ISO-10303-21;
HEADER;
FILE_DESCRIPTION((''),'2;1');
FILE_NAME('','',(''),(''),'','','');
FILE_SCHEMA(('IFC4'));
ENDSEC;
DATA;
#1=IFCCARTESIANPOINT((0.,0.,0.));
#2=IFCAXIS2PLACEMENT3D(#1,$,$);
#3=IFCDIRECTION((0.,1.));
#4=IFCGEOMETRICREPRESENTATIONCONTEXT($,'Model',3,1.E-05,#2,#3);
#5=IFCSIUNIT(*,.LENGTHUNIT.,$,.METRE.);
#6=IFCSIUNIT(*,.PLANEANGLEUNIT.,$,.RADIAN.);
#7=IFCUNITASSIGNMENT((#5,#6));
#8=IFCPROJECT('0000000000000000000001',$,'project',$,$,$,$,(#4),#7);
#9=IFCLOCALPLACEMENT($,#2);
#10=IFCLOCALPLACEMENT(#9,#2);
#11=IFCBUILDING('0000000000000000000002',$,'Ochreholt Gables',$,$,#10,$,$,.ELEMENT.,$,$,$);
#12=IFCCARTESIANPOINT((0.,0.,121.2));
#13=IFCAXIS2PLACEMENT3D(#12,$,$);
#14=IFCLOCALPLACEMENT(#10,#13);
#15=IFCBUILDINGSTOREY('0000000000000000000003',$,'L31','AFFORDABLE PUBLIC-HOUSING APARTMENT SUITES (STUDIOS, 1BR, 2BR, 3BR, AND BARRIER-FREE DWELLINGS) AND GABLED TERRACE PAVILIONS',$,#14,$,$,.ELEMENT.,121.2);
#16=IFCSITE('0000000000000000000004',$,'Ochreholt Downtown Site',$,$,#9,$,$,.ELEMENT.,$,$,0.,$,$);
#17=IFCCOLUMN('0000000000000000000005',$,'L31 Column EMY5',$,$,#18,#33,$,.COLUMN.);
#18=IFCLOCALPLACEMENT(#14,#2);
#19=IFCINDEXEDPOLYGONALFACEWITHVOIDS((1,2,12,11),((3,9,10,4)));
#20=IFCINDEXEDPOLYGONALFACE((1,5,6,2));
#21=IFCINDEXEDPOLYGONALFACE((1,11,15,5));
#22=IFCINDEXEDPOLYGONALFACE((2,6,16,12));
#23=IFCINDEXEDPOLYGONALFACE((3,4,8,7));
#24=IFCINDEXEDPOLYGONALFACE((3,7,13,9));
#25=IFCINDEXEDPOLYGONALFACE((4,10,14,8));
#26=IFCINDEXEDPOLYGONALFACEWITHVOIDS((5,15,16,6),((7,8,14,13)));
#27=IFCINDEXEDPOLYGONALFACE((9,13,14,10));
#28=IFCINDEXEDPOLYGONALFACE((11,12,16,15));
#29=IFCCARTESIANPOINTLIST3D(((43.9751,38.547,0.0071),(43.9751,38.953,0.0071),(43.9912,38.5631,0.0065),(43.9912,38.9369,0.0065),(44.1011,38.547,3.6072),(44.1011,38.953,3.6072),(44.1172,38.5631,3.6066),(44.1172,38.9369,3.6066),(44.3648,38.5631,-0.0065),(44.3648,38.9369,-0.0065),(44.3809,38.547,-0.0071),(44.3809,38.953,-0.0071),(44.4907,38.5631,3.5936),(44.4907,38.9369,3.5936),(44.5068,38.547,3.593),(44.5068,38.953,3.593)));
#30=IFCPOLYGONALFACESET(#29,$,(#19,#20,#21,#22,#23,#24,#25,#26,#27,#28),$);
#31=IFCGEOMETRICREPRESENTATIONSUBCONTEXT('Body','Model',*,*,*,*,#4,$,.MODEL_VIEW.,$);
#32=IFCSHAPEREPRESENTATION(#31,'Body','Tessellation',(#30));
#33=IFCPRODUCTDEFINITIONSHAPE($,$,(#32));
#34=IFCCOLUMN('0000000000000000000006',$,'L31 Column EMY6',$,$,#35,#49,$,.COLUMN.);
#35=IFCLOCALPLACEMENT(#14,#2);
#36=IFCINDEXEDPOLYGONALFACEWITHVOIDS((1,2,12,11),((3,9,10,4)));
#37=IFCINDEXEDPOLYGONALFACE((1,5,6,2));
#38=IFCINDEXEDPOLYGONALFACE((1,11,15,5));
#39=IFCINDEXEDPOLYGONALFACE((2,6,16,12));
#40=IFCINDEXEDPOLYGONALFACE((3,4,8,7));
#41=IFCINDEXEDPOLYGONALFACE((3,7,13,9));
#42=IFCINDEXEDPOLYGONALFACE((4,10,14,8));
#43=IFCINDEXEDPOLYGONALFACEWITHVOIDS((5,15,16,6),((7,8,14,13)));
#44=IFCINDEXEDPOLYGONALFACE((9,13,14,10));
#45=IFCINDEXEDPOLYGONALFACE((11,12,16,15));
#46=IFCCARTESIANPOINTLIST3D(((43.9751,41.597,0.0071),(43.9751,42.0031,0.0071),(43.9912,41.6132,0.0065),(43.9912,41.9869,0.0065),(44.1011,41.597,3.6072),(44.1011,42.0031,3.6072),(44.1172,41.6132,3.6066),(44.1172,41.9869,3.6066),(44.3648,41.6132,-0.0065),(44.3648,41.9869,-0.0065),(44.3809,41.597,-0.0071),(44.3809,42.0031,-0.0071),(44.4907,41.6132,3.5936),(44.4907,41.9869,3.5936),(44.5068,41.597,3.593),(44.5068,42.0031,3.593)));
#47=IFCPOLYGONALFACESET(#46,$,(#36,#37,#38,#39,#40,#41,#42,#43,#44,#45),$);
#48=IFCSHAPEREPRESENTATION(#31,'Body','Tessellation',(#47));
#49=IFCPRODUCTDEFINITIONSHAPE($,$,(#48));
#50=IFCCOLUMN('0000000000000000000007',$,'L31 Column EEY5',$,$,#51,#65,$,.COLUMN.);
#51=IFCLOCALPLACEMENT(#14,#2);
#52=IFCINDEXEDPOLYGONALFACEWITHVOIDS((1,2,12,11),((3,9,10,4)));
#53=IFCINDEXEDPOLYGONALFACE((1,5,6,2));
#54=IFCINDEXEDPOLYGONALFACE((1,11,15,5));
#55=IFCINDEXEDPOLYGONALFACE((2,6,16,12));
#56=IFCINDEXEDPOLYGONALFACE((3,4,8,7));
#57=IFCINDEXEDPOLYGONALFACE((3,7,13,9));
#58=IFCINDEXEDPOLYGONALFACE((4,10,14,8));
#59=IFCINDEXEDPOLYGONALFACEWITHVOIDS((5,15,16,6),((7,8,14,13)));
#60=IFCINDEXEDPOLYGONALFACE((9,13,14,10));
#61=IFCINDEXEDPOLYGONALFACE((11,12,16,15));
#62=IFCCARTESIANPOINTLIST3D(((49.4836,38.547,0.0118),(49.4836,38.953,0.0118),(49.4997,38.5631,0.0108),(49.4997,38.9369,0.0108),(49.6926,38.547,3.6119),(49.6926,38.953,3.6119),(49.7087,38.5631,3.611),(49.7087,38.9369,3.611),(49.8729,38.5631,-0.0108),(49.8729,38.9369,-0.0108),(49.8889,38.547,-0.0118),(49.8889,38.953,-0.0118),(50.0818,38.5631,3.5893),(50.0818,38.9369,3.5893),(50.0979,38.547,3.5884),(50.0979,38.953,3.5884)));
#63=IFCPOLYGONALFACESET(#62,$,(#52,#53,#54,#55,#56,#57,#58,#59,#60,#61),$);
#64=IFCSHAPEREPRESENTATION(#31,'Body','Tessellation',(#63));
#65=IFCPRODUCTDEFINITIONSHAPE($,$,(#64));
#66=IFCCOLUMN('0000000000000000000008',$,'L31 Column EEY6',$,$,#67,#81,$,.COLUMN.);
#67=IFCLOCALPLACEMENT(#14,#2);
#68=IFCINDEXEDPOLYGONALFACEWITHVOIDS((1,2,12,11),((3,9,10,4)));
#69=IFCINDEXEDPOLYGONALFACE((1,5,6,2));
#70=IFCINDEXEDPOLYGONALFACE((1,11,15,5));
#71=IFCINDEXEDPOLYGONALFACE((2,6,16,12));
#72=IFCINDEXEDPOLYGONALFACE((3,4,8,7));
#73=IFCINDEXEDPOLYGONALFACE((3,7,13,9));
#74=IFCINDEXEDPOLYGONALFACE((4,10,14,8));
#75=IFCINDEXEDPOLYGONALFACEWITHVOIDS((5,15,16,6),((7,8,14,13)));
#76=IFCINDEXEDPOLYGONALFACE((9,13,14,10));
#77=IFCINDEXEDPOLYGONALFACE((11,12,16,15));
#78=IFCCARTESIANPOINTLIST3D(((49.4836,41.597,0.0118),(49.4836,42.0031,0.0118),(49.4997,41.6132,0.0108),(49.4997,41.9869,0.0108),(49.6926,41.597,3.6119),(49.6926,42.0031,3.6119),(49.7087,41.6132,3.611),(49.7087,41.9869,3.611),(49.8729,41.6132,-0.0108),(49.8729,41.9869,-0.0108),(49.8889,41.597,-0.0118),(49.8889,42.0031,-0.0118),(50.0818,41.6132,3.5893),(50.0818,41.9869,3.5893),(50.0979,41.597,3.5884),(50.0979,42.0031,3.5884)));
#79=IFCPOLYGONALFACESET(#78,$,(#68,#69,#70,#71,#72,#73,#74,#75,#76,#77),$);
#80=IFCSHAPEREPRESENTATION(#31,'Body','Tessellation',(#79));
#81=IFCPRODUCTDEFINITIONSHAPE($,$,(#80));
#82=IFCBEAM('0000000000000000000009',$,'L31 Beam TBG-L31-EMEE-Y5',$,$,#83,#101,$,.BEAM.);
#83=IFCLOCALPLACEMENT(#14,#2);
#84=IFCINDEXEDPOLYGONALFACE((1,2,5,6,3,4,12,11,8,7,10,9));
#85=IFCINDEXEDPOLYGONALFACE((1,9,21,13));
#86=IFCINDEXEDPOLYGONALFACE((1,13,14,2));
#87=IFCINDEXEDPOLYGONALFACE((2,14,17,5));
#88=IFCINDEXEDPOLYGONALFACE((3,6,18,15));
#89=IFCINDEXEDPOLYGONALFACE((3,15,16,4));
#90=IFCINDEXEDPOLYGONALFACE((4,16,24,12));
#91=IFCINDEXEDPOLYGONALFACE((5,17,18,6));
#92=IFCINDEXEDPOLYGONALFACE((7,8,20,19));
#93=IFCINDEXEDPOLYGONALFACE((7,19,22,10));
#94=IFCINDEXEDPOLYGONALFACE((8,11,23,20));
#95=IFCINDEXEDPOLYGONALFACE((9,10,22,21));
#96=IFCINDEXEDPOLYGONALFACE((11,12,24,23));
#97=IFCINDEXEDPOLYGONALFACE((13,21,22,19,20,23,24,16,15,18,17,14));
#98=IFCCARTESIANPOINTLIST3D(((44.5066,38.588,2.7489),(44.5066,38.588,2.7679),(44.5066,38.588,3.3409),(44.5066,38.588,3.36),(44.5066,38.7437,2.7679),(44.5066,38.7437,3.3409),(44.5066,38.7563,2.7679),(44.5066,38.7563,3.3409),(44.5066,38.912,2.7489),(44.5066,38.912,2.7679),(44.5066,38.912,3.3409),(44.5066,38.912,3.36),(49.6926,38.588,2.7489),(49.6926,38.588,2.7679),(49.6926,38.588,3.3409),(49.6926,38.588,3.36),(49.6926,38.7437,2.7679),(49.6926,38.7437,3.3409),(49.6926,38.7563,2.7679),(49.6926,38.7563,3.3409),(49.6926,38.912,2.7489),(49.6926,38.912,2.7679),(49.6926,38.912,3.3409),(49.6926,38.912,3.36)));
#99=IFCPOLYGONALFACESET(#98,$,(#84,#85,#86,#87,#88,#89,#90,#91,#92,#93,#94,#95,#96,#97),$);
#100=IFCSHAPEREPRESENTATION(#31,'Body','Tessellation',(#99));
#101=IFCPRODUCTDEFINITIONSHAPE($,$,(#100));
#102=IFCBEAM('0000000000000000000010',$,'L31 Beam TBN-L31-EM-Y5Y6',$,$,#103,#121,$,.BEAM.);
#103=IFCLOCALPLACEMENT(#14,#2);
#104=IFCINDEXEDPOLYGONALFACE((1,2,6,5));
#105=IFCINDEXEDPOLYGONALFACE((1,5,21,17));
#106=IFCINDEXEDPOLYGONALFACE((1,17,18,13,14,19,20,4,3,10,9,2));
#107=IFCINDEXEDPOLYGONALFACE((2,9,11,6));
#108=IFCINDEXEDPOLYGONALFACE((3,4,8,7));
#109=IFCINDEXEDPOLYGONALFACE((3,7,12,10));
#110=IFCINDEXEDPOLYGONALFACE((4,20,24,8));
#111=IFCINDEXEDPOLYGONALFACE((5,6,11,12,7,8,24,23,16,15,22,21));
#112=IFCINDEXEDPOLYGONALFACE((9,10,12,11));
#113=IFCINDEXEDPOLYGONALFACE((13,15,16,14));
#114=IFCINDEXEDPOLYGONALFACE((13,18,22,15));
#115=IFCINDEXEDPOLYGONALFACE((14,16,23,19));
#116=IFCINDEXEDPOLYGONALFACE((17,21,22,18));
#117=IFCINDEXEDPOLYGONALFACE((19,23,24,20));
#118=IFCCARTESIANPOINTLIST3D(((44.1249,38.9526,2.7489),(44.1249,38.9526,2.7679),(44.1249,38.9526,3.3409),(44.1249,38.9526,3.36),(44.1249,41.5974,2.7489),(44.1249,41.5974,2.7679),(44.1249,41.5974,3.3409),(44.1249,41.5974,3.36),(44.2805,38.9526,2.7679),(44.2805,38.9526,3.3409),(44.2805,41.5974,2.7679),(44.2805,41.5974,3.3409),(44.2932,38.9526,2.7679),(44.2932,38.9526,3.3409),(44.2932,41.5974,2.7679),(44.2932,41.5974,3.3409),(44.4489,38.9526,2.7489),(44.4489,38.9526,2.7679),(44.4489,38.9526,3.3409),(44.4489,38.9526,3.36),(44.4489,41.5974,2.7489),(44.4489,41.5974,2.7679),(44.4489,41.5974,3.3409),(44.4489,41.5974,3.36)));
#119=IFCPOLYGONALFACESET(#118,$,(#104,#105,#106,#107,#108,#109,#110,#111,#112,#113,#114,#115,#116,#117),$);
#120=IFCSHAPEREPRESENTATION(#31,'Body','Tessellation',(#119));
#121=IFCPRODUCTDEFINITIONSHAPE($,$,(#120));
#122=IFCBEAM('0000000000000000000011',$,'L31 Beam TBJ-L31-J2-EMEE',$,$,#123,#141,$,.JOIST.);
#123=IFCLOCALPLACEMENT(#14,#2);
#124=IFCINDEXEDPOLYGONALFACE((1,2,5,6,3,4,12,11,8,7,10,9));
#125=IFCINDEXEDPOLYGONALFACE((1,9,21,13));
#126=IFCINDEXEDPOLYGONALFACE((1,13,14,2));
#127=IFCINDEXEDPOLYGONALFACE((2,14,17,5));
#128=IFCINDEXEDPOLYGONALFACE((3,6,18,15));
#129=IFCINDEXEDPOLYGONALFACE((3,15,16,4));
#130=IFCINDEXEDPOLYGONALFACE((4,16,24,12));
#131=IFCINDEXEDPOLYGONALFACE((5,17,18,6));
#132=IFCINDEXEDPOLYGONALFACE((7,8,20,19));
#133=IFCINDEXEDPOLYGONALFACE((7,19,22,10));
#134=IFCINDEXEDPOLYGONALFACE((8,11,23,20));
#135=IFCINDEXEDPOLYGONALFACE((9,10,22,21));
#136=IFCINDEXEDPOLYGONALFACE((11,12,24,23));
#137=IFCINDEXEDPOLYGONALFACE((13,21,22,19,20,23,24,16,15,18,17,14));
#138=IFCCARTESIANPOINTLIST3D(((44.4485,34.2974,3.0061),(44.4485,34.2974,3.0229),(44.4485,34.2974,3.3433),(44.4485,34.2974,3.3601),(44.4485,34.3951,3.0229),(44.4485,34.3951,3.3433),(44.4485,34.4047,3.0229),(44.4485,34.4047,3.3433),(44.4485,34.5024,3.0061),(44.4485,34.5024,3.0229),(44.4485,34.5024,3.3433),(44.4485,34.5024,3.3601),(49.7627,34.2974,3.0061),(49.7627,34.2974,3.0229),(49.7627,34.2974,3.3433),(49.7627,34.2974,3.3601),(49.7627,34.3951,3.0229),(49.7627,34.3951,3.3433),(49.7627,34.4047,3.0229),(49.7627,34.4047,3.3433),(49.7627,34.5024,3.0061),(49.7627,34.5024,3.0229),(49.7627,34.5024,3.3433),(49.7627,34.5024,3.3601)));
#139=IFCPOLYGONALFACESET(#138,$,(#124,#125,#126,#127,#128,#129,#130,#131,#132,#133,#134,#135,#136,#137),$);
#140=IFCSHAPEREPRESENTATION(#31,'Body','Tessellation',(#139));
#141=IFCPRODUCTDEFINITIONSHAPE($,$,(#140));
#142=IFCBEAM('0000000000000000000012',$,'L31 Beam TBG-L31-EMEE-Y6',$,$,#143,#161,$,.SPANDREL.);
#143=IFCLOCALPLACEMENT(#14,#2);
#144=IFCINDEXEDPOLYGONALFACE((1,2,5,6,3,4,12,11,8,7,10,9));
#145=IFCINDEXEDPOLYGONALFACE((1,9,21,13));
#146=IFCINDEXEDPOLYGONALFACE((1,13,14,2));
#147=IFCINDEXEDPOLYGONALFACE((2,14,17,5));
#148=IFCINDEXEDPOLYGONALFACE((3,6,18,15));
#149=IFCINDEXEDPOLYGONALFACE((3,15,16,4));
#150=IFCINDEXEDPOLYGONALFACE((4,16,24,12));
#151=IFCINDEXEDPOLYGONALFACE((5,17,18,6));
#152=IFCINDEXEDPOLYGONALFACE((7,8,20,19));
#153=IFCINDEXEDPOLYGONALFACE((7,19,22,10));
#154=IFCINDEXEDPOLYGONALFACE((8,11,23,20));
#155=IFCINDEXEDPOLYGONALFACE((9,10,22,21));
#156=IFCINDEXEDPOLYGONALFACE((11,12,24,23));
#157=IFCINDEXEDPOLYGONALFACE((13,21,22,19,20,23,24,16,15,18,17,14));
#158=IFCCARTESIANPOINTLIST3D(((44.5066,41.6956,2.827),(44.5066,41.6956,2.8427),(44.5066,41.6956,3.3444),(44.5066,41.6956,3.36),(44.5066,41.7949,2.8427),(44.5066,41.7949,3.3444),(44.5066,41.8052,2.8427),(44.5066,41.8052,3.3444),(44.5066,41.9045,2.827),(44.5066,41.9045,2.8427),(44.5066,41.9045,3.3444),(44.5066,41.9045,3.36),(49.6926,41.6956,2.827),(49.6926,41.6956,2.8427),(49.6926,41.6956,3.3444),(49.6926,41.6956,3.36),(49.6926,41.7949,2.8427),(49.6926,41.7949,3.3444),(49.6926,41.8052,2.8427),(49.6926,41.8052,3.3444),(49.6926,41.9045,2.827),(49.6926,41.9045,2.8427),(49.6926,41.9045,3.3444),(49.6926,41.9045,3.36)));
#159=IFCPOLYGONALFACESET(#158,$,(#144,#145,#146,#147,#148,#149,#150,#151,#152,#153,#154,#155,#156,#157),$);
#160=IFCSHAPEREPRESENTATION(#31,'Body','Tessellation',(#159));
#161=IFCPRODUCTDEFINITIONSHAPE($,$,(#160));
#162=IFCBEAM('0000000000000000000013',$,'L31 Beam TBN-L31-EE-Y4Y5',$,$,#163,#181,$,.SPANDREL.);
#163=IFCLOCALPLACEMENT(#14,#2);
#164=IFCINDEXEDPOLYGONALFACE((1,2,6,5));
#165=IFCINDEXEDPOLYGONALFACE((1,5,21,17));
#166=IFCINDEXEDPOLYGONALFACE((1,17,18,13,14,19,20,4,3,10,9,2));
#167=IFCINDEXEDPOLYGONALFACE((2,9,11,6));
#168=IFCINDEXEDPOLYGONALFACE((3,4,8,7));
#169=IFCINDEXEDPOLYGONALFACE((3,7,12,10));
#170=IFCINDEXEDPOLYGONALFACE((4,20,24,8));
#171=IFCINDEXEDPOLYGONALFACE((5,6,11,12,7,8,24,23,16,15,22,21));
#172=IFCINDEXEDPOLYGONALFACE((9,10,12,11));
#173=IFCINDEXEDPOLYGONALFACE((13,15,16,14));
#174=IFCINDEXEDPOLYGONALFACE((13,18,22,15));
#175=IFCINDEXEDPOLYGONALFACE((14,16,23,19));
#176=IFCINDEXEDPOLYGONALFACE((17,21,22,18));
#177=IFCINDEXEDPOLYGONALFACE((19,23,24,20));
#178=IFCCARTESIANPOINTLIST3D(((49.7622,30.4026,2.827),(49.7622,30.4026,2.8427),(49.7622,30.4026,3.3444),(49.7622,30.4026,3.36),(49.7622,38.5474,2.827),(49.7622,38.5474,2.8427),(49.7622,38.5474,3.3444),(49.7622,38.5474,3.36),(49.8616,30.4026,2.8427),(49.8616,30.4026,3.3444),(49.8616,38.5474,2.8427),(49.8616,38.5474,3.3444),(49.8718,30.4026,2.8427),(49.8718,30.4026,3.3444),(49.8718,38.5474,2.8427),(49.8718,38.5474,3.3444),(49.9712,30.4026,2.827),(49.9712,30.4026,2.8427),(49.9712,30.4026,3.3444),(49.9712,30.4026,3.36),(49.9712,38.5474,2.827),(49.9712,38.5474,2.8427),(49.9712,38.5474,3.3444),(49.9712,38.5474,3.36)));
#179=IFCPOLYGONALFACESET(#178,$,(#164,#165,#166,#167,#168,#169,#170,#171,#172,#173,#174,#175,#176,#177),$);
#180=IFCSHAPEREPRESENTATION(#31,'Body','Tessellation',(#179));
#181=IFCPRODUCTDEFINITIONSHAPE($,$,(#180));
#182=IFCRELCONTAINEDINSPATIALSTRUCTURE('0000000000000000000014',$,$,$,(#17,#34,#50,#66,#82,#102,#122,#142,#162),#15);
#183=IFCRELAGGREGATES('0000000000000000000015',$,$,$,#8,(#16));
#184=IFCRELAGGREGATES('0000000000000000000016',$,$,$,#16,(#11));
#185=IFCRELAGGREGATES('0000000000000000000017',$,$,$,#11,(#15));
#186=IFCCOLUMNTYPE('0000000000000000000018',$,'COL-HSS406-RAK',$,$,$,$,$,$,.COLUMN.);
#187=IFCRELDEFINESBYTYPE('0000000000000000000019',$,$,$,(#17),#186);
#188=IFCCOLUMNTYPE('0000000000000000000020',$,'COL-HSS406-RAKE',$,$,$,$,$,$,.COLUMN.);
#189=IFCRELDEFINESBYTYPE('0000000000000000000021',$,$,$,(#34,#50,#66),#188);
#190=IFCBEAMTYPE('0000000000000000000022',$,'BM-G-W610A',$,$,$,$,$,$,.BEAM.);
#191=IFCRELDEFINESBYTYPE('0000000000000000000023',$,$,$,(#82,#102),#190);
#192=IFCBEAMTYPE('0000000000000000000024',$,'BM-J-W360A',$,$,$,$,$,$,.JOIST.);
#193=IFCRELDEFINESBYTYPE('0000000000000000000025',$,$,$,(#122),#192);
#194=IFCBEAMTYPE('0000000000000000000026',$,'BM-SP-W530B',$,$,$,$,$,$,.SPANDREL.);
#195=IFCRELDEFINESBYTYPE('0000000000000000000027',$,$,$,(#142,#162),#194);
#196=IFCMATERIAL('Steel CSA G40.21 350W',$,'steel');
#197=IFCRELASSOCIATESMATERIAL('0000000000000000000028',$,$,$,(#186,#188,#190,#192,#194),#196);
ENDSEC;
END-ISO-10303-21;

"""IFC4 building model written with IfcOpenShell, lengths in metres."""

from ifc_helpers import new_model, si_unit, direction, frame, origin, origin_2d, place, context, subcontext, project, spatial, hollow_rectangle, i_section, extrude, material, material_profile, profile_set, type_object, element, save


model = new_model("IFC4")

# Units and contexts
model_context = context("Model", 3, precision=1e-05, world=origin(), true_north=direction((0.0, 1.0)))
body_context = subcontext(model_context, "Body", "Model", "MODEL_VIEW")
ifc_project = project(units=[si_unit("LENGTHUNIT", "METRE"), si_unit("PLANEANGLEUNIT", "RADIAN")], contexts=[model_context])

# Site, building, storey
site_placement = place(None, origin())
site = spatial("IfcSite", under=ifc_project, at=site_placement, Name="Ochreholt Downtown Site", CompositionType="ELEMENT", RefElevation=0.0)
building_placement = place(site_placement, origin())
building = spatial("IfcBuilding", under=site, at=building_placement, Name="Ochreholt Gables", CompositionType="ELEMENT")
storey_placement = place(building_placement, frame((0.0, 0.0, 121.2)))
storey = spatial("IfcBuildingStorey", under=building, at=storey_placement, Name="L31", Description="AFFORDABLE PUBLIC-HOUSING APARTMENT SUITES (STUDIOS, 1BR, 2BR, 3BR, AND BARRIER-FREE DWELLINGS) AND GABLED TERRACE PAVILIONS", CompositionType="ELEMENT", Elevation=121.2)

# Columns
ifc_material_1 = material(Name="Steel CSA G40.21 350W", Category="steel")
ifc_material_profile_1 = material_profile(ifc_material_1, hollow_rectangle(XDim=0.406, YDim=0.406, WallThickness=0.0161, at=origin_2d()), Name="HSS406X406X16")
ifc_profile_set_1 = profile_set([ifc_material_profile_1], Name="Steel CSA G40.21 350W")
column_type_1 = type_object("IfcColumnType", Name="COL-HSS406-RAK", PredefinedType="COLUMN", material=ifc_profile_set_1)
column_1_placement = place(storey_placement, frame((44.178, 38.75, 0.0), z_axis=(0.034971, 0.0, 0.999388), x_axis=(0.0, 1.0, 0.0)))
element("IfcColumn", 1, at=column_1_placement, inside=storey, type_object=column_type_1, Name="L31 Column EMY5", PredefinedType="COLUMN", context=body_context, shape_type="SweptSolid", body=[
    extrude(hollow_rectangle(XDim=0.406, YDim=0.406, WallThickness=0.0161, at=origin_2d()), origin(), (0.0, 0.0, 1.0), 3.6023),
])
ifc_material_profile_2 = material_profile(ifc_material_1, hollow_rectangle(XDim=0.406, YDim=0.406, WallThickness=0.0161, at=origin_2d()), Name="HSS406X406X16")
ifc_profile_set_2 = profile_set([ifc_material_profile_2], Name="Steel CSA G40.21 350W")
column_type_2 = type_object("IfcColumnType", Name="COL-HSS406-RAKE", PredefinedType="COLUMN", material=ifc_profile_set_2)
column_2_placement = place(storey_placement, frame((44.178, 41.8, 0.0), z_axis=(0.034971, 0.0, 0.999388), x_axis=(0.0, 1.0, 0.0)))
element("IfcColumn", 2, at=column_2_placement, inside=storey, type_object=column_type_2, Name="L31 Column EMY6", PredefinedType="COLUMN", context=body_context, shape_type="SweptSolid", body=[
    extrude(hollow_rectangle(XDim=0.406, YDim=0.406, WallThickness=0.0161, at=origin_2d()), origin(), (0.0, 0.0, 1.0), 3.6023),
])
for number, where, z_axis, x_axis, name in (
    (3, (49.6863, 38.75, 0.0), (0.057952, 0.0, 0.998319), (0.0, 1.0, 0.0), "L31 Column EEY5"),
    (4, (49.6863, 41.8, 0.0), (0.057952, 0.0, 0.998319), (0.0, 1.0, 0.0), "L31 Column EEY6"),
):
    element("IfcColumn", number, at=place(storey_placement, frame(where, z_axis=z_axis, x_axis=x_axis)), inside=storey, type_object=column_type_2, Name=name, PredefinedType="COLUMN", context=body_context, shape_type="SweptSolid", body=[
        extrude(hollow_rectangle(XDim=0.406, YDim=0.406, WallThickness=0.0161, at=origin_2d()), origin(), (0.0, 0.0, 1.0), 3.6062),
    ])

# Beams
ifc_material_profile_3 = material_profile(ifc_material_1, i_section(OverallWidth=0.324, OverallDepth=0.6111, WebThickness=0.0127, FlangeThickness=0.019, at=origin_2d()), Name="W610X155")
ifc_profile_set_3 = profile_set([ifc_material_profile_3], Name="Steel CSA G40.21 350W")
beam_type_1 = type_object("IfcBeamType", Name="BM-G-W610A", PredefinedType="BEAM", material=ifc_profile_set_3)
beam_1_placement = place(storey_placement, frame((44.5066, 38.75, 3.0544), z_axis=(1.0, 0.0, 0.0), x_axis=(0.0, 1.0, 0.0)))
element("IfcBeam", 5, at=beam_1_placement, inside=storey, type_object=beam_type_1, Name="L31 Beam TBG-L31-EMEE-Y5", PredefinedType="BEAM", context=body_context, shape_type="SweptSolid", body=[
    extrude(i_section(OverallWidth=0.324, OverallDepth=0.6111, WebThickness=0.0127, FlangeThickness=0.019, at=origin_2d()), origin(), (0.0, 0.0, 1.0), 5.186),
])
beam_2_placement = place(storey_placement, frame((44.2869, 38.9526, 3.0544), z_axis=(0.0, 1.0, 0.0), x_axis=(-1.0, 0.0, 0.0)))
element("IfcBeam", 6, at=beam_2_placement, inside=storey, type_object=beam_type_1, Name="L31 Beam TBN-L31-EM-Y5Y6", PredefinedType="BEAM", context=body_context, shape_type="SweptSolid", body=[
    extrude(i_section(OverallWidth=0.324, OverallDepth=0.6111, WebThickness=0.0127, FlangeThickness=0.019, at=origin_2d()), origin(), (0.0, 0.0, 1.0), 2.6448),
])
ifc_material_profile_4 = material_profile(ifc_material_1, i_section(OverallWidth=0.2051, OverallDepth=0.354, WebThickness=0.0095, FlangeThickness=0.0168, at=origin_2d()), Name="W360X79")
ifc_profile_set_4 = profile_set([ifc_material_profile_4], Name="Steel CSA G40.21 350W")
beam_type_2 = type_object("IfcBeamType", Name="BM-J-W360A", PredefinedType="JOIST", material=ifc_profile_set_4)
beam_3_placement = place(storey_placement, frame((44.4485, 34.3999, 3.1831), z_axis=(1.0, 0.0, 0.0), x_axis=(0.0, 1.0, 0.0)))
element("IfcBeam", 7, at=beam_3_placement, inside=storey, type_object=beam_type_2, Name="L31 Beam TBJ-L31-J2-EMEE", PredefinedType="JOIST", context=body_context, shape_type="SweptSolid", body=[
    extrude(i_section(OverallWidth=0.2051, OverallDepth=0.354, WebThickness=0.0095, FlangeThickness=0.0168, at=origin_2d()), origin(), (0.0, 0.0, 1.0), 5.3142),
])
ifc_material_profile_5 = material_profile(ifc_material_1, i_section(OverallWidth=0.209, OverallDepth=0.533, WebThickness=0.0103, FlangeThickness=0.0156, at=origin_2d()), Name="W530X92")
ifc_profile_set_5 = profile_set([ifc_material_profile_5], Name="Steel CSA G40.21 350W")
beam_type_3 = type_object("IfcBeamType", Name="BM-SP-W530B", PredefinedType="SPANDREL", material=ifc_profile_set_5)
beam_4_placement = place(storey_placement, frame((44.5066, 41.8, 3.0935), z_axis=(1.0, 0.0, 0.0), x_axis=(0.0, 1.0, 0.0)))
element("IfcBeam", 8, at=beam_4_placement, inside=storey, type_object=beam_type_3, Name="L31 Beam TBG-L31-EMEE-Y6", PredefinedType="SPANDREL", context=body_context, shape_type="SweptSolid", body=[
    extrude(i_section(OverallWidth=0.209, OverallDepth=0.533, WebThickness=0.0103, FlangeThickness=0.0156, at=origin_2d()), origin(), (0.0, 0.0, 1.0), 5.186),
])
beam_5_placement = place(storey_placement, frame((49.8667, 30.4026, 3.0935), z_axis=(0.0, 1.0, 0.0), x_axis=(-1.0, 0.0, 0.0)))
element("IfcBeam", 9, at=beam_5_placement, inside=storey, type_object=beam_type_3, Name="L31 Beam TBN-L31-EE-Y4Y5", PredefinedType="SPANDREL", context=body_context, shape_type="SweptSolid", body=[
    extrude(i_section(OverallWidth=0.209, OverallDepth=0.533, WebThickness=0.0103, FlangeThickness=0.0156, at=origin_2d()), origin(), (0.0, 0.0, 1.0), 8.1448),
])

save(model, "model.ifc")
